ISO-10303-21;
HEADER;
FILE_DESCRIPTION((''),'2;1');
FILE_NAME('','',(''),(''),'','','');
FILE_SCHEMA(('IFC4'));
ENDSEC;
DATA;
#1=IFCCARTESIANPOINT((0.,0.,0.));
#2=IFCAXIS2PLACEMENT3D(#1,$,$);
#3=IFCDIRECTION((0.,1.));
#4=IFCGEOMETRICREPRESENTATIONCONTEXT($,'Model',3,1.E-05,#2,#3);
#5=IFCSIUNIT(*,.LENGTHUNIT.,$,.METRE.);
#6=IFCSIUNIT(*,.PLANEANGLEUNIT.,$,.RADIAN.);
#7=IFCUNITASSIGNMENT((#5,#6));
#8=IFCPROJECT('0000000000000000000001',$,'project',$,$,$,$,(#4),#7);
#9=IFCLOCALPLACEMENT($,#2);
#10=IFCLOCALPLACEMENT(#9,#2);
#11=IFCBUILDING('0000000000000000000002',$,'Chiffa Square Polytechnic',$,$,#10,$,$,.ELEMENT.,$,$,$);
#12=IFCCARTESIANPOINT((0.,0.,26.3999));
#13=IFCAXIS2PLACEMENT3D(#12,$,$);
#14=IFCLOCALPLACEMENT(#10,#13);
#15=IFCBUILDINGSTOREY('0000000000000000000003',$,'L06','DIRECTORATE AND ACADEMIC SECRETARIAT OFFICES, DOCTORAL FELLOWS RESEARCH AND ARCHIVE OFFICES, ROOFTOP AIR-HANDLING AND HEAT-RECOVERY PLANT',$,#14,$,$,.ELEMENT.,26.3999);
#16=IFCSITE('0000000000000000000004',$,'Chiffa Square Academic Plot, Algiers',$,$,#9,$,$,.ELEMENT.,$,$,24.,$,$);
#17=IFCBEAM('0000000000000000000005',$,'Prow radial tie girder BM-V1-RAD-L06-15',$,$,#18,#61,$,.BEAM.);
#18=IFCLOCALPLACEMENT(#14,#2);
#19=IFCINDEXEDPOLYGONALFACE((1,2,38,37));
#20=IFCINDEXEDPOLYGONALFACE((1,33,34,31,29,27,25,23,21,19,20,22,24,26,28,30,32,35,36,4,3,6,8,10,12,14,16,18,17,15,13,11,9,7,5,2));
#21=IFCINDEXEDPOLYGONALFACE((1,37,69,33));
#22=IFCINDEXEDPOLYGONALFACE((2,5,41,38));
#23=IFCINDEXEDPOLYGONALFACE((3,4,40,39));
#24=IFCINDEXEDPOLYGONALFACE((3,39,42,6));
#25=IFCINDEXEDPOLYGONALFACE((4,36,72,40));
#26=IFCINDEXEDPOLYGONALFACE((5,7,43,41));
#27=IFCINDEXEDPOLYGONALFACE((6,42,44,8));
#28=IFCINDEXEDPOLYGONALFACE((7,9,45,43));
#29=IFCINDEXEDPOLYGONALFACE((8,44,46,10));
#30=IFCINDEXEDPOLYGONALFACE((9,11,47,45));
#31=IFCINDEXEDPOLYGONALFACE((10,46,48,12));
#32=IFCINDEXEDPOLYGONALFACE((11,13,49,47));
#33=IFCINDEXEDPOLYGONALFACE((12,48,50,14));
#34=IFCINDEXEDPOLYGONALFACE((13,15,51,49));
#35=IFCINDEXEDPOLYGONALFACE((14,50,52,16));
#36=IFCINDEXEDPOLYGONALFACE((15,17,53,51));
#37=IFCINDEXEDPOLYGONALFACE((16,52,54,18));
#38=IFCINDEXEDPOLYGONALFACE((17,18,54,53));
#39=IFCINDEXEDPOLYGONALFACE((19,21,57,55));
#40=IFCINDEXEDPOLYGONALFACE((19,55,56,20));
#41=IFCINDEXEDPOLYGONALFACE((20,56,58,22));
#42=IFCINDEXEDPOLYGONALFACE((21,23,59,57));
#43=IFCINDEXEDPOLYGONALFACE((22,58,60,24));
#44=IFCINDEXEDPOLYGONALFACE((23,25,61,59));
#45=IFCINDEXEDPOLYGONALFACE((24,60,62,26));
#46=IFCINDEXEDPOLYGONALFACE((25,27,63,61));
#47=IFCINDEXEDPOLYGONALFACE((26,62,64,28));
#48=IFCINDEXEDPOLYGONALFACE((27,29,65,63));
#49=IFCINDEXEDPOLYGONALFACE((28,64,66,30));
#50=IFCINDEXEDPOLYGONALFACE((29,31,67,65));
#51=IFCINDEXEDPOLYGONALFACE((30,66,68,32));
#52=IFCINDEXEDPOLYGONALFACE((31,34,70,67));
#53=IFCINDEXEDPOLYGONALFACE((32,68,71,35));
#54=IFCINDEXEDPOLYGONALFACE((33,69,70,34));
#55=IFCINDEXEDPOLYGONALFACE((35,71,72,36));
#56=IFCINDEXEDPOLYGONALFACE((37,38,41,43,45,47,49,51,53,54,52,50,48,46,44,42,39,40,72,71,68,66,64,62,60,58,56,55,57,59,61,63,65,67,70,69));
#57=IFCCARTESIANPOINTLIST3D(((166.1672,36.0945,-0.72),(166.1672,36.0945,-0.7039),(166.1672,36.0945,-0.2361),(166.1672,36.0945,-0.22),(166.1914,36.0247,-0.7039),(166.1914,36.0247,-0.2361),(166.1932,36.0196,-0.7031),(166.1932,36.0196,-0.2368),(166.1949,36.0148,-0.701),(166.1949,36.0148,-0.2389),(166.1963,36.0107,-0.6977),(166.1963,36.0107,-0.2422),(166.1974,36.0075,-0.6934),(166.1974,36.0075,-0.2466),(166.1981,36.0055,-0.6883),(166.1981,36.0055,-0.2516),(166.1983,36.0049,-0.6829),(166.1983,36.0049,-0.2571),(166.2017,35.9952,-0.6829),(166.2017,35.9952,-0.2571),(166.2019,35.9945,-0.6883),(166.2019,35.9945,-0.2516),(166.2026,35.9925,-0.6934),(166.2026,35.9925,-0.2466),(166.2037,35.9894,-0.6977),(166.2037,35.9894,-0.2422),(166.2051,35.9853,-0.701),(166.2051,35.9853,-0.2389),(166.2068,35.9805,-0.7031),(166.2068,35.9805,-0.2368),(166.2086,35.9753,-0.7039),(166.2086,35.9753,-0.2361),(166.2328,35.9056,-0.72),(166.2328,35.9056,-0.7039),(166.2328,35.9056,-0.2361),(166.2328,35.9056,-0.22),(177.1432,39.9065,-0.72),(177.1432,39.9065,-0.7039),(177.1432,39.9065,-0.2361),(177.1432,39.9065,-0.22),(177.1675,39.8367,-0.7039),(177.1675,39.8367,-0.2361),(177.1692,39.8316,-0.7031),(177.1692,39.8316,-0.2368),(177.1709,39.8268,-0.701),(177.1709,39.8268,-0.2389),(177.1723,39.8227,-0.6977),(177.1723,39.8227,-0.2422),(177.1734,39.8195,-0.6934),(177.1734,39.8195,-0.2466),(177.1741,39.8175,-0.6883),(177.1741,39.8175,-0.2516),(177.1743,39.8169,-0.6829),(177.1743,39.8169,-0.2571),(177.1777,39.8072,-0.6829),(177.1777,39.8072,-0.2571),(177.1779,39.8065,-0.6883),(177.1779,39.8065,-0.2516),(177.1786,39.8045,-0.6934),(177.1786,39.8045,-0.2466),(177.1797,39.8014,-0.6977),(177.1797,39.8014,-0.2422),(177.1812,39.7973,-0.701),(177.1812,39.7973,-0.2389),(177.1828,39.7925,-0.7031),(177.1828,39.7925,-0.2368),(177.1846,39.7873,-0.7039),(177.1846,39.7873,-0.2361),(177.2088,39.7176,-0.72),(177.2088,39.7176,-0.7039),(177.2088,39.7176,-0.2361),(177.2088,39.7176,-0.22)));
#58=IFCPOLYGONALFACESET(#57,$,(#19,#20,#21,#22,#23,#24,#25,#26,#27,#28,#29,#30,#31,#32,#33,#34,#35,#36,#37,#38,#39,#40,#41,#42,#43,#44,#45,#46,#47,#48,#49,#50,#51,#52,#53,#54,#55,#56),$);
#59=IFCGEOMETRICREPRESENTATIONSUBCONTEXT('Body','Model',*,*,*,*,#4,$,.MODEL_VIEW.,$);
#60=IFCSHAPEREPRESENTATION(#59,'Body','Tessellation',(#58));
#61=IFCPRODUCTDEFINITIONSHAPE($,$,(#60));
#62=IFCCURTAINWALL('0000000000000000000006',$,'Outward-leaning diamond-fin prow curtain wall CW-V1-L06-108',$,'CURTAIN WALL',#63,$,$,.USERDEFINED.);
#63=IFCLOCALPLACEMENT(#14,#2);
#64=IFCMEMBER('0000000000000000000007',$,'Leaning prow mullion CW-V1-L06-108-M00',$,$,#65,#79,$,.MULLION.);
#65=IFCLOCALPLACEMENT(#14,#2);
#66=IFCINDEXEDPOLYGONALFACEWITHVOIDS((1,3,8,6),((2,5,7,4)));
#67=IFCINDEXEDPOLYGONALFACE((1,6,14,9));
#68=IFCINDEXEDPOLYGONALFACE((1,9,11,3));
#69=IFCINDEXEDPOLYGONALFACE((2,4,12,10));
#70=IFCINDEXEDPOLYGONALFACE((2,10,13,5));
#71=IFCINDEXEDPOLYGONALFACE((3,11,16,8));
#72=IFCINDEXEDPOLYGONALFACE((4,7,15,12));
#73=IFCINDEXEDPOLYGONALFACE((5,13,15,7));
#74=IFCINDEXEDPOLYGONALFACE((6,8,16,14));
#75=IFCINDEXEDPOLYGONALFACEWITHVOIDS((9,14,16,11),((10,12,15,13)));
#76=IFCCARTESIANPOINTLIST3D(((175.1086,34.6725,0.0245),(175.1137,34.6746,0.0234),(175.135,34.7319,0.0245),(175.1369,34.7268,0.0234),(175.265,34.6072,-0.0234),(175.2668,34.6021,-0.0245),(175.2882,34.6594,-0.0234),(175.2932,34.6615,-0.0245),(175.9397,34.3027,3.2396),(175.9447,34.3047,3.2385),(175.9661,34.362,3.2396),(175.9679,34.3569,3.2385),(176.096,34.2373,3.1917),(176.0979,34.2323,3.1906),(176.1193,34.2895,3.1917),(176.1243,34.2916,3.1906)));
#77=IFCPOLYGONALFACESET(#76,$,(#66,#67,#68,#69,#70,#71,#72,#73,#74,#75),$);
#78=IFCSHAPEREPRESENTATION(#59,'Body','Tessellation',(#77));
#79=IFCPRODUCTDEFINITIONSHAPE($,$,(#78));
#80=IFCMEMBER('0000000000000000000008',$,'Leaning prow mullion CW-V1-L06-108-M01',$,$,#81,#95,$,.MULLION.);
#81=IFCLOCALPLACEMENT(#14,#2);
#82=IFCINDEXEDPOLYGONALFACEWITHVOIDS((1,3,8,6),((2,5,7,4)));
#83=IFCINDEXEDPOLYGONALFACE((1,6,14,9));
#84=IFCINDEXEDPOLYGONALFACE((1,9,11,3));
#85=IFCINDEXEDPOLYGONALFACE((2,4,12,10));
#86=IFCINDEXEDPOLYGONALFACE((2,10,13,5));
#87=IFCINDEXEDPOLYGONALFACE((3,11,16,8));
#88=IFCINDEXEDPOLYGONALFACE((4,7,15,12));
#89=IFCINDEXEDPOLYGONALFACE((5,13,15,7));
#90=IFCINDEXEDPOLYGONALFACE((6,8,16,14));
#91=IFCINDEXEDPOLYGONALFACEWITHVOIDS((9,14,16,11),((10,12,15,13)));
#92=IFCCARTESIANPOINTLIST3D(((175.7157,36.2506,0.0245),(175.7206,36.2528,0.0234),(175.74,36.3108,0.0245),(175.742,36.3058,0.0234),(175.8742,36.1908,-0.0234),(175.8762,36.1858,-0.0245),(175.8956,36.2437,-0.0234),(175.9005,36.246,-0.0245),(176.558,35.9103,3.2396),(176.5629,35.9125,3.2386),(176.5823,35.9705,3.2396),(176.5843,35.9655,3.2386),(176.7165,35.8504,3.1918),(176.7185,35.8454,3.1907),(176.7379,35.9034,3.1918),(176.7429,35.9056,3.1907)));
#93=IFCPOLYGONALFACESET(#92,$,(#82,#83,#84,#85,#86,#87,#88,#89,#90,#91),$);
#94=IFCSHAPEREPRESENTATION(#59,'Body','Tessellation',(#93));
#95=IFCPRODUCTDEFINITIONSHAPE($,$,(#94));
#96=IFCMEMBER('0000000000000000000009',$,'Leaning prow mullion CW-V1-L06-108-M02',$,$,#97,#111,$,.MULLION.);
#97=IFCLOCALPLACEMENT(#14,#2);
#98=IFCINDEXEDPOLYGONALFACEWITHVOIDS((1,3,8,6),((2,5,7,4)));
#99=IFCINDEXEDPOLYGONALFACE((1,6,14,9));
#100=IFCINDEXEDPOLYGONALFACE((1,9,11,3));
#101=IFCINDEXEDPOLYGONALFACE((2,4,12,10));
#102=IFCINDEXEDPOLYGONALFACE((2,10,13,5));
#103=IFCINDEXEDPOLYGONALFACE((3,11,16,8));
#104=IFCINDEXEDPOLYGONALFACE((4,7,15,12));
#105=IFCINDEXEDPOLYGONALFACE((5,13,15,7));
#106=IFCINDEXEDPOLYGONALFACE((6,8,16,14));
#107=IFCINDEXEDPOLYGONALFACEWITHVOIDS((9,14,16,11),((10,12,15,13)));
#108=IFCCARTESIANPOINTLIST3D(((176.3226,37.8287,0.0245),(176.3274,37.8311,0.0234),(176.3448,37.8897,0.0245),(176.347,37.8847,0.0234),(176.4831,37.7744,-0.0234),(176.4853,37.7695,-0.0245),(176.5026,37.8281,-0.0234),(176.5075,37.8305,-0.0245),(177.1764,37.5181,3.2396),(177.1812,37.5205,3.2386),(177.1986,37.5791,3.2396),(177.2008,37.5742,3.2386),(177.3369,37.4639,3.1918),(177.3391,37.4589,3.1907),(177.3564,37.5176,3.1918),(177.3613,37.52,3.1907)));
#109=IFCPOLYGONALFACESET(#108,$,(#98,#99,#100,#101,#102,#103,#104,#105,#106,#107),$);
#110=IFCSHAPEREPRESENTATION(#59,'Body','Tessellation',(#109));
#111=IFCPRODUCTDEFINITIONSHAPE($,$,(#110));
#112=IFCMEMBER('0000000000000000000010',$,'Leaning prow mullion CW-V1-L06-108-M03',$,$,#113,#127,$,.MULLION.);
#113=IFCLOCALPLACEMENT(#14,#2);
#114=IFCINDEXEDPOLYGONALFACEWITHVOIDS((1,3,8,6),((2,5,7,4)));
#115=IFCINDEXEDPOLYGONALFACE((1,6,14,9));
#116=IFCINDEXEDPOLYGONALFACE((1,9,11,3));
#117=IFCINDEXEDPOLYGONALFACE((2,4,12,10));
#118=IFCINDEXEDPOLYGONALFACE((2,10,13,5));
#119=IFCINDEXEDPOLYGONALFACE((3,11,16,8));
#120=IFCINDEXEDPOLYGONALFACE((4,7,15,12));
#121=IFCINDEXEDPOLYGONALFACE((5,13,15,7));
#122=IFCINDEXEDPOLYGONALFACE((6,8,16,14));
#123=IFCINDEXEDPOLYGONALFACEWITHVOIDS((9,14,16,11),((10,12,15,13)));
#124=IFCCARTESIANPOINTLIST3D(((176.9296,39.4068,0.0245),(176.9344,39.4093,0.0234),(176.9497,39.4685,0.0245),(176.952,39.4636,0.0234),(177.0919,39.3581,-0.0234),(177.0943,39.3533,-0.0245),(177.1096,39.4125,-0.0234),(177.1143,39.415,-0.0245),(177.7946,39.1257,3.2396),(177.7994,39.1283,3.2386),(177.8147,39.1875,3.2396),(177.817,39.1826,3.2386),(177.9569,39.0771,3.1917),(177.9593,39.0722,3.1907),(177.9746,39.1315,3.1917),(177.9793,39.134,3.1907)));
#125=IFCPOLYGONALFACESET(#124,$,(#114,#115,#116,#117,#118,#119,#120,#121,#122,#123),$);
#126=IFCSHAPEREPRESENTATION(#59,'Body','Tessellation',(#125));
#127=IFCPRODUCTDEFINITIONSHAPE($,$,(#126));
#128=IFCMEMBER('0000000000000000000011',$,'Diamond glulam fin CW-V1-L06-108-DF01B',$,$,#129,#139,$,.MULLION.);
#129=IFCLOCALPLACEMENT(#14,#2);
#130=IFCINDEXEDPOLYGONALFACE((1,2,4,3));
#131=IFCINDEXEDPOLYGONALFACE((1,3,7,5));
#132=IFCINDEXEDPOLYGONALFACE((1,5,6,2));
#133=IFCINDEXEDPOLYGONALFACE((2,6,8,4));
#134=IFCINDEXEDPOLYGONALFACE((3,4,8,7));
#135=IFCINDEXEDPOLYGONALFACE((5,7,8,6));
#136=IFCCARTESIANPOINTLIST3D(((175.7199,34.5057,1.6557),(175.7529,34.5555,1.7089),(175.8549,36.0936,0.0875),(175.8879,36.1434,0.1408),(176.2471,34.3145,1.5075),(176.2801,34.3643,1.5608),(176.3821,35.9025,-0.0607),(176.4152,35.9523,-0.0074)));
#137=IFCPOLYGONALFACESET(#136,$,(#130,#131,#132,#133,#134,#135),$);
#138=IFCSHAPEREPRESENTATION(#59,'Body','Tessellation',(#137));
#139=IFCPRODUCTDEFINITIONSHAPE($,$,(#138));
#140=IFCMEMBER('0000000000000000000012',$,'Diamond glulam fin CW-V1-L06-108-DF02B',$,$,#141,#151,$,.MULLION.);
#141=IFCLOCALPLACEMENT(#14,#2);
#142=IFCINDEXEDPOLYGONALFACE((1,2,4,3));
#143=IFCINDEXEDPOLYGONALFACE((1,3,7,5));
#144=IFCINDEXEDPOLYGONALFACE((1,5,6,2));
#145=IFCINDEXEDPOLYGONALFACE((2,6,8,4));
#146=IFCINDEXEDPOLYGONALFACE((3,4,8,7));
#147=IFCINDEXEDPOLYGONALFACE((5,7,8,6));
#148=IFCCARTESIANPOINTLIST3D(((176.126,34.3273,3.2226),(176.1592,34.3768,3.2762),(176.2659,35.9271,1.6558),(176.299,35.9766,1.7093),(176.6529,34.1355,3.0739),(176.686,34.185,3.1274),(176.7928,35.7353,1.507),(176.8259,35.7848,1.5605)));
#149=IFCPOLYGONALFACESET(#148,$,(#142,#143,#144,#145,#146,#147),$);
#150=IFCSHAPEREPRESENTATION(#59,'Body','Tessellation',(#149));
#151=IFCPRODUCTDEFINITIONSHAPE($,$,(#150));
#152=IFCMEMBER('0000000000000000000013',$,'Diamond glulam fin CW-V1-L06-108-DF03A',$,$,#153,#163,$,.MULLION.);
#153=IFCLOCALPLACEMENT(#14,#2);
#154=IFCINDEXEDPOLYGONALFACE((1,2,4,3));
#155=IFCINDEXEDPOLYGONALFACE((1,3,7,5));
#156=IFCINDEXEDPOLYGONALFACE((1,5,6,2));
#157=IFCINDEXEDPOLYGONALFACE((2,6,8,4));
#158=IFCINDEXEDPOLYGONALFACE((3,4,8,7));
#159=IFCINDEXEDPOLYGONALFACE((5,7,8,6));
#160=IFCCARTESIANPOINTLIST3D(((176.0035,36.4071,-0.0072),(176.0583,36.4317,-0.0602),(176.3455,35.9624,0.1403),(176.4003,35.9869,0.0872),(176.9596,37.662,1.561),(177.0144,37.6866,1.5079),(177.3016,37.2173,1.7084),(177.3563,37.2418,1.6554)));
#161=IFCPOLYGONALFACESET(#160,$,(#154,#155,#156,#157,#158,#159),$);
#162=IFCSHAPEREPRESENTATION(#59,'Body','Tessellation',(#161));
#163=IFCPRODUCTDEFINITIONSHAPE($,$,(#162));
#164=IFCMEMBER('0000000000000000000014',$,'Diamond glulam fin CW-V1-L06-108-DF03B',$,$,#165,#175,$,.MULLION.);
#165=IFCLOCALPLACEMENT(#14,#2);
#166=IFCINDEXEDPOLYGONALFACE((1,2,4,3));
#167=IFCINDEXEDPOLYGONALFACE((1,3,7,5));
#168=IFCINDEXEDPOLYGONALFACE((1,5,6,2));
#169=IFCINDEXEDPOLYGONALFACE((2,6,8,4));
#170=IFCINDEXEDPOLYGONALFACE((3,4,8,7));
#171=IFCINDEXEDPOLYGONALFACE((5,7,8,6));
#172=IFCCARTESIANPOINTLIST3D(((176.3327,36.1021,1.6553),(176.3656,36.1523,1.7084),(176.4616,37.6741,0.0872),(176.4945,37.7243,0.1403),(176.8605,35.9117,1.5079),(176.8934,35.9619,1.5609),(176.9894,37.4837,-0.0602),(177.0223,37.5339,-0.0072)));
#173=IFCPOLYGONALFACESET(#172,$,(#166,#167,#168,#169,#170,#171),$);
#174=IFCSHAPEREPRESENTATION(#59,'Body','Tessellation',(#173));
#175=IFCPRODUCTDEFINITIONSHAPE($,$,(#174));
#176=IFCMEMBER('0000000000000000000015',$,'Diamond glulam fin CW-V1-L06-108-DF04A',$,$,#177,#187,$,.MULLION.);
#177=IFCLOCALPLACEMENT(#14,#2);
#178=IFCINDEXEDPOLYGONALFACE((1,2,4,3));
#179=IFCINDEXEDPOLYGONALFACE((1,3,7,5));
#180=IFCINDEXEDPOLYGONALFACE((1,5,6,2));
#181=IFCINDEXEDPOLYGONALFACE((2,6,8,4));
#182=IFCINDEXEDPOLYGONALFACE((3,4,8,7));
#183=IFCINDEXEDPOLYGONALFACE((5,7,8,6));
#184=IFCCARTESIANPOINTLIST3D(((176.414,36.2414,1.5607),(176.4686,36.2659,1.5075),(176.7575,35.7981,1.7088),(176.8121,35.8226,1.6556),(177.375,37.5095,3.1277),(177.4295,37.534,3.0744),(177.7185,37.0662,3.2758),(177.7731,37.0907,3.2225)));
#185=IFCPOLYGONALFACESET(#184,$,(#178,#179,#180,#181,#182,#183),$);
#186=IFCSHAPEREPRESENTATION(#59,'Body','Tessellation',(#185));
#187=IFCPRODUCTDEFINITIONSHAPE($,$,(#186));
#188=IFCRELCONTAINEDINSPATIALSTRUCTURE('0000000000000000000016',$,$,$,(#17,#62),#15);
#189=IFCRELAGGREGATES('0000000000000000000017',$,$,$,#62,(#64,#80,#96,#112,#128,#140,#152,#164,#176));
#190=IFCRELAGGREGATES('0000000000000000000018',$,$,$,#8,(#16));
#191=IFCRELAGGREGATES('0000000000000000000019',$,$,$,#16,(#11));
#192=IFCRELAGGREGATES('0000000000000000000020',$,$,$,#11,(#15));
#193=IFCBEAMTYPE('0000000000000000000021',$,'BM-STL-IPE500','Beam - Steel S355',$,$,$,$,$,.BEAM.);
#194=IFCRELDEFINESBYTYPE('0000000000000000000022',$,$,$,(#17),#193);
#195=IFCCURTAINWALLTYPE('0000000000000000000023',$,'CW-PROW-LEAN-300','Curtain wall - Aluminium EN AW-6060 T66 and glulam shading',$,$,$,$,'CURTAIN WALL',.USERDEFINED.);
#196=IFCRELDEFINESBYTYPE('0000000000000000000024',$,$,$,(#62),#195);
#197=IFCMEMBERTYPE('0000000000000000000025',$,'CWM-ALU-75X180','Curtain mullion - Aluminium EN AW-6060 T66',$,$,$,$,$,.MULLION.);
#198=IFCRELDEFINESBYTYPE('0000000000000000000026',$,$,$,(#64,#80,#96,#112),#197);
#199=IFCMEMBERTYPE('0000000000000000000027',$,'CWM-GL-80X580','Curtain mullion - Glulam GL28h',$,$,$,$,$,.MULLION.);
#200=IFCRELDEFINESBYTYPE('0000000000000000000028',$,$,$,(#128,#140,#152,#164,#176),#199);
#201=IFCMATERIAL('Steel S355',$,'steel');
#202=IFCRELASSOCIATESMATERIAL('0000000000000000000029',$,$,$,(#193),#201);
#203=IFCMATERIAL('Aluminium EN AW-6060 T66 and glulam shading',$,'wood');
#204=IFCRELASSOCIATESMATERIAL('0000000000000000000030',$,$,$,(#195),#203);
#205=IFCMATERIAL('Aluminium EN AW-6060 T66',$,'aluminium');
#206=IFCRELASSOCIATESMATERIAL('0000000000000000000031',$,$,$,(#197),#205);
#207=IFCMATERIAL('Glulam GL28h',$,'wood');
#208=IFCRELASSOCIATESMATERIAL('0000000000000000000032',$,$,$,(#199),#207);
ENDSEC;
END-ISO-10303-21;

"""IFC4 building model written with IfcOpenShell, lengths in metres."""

from ifc_helpers import new_model, si_unit, direction, frame, origin, origin_2d, place, context, subcontext, project, spatial, rectangle, hollow_rectangle, i_section, extrude, material, material_profile, profile_set, type_object, element, aggregate, save


model = new_model("IFC4")

# Units and contexts
model_context = context("Model", 3, precision=1e-05, world=origin(), true_north=direction((0.0, 1.0)))
body_context = subcontext(model_context, "Body", "Model", "MODEL_VIEW")
ifc_project = project(units=[si_unit("LENGTHUNIT", "METRE"), si_unit("PLANEANGLEUNIT", "RADIAN")], contexts=[model_context])

# Site, building, storey
site_placement = place(None, origin())
site = spatial("IfcSite", under=ifc_project, at=site_placement, Name="Chiffa Square Academic Plot, Algiers", CompositionType="ELEMENT", RefElevation=24.0)
building_placement = place(site_placement, origin())
building = spatial("IfcBuilding", under=site, at=building_placement, Name="Chiffa Square Polytechnic", CompositionType="ELEMENT")
storey_placement = place(building_placement, frame((0.0, 0.0, 26.3999)))
storey = spatial("IfcBuildingStorey", under=building, at=storey_placement, Name="L06", Description="DIRECTORATE AND ACADEMIC SECRETARIAT OFFICES, DOCTORAL FELLOWS RESEARCH AND ARCHIVE OFFICES, ROOFTOP AIR-HANDLING AND HEAT-RECOVERY PLANT", CompositionType="ELEMENT", Elevation=26.3999)

# Beam
ifc_material_1 = material(Name="Steel S355", Category="steel")
ifc_material_profile_1 = material_profile(ifc_material_1, i_section(OverallWidth=0.2, OverallDepth=0.5, WebThickness=0.0103, FlangeThickness=0.0161, FilletRadius=0.021, at=origin_2d()), Name="IPE 500")
ifc_profile_set_1 = profile_set([ifc_material_profile_1], Name="Steel S355")
beam_type_1 = type_object("IfcBeamType", Name="BM-STL-IPE500", Description="Beam - Steel S355", PredefinedType="BEAM", material=ifc_profile_set_1)
beam_1_placement = place(storey_placement, frame((177.176, 39.812, -0.47), z_axis=(-0.94465, -0.328079, 0.0), x_axis=(0.328079, -0.94465, 0.0)))
element("IfcBeam", 1, at=beam_1_placement, inside=storey, type_object=beam_type_1, Name="Prow radial tie girder BM-V1-RAD-L06-15", PredefinedType="BEAM", context=body_context, shape_type="SweptSolid", body=[
    extrude(i_section(OverallWidth=0.2, OverallDepth=0.5, WebThickness=0.0103, FlangeThickness=0.0161, FilletRadius=0.021, at=origin_2d()), origin(), (0.0, 0.0, 1.0), 11.6191),
])

# Curtain wall, members
ifc_material_2 = material(Name="Aluminium EN AW-6060 T66 and glulam shading", Category="wood")
curtain_wall_type = type_object("IfcCurtainWallType", Name="CW-PROW-LEAN-300", Description="Curtain wall - Aluminium EN AW-6060 T66 and glulam shading", ElementType="CURTAIN WALL", PredefinedType="USERDEFINED", material=ifc_material_2)
curtain_wall_placement = place(storey_placement, origin())
curtain_wall = element("IfcCurtainWall", 2, at=curtain_wall_placement, inside=storey, type_object=curtain_wall_type, Name="Outward-leaning diamond-fin prow curtain wall CW-V1-L06-108", ObjectType="CURTAIN WALL", PredefinedType="USERDEFINED")
ifc_material_3 = material(Name="Aluminium EN AW-6060 T66", Category="aluminium")
ifc_material_profile_2 = material_profile(ifc_material_3, hollow_rectangle(XDim=0.0649, YDim=0.1799, WallThickness=0.0039, at=origin_2d()), Name="ALU 65x180x4")
ifc_profile_set_2 = profile_set([ifc_material_profile_2], Name="Aluminium EN AW-6060 T66")
member_type_1 = type_object("IfcMemberType", Name="CWM-ALU-75X180", Description="Curtain mullion - Aluminium EN AW-6060 T66", PredefinedType="MULLION", material=ifc_profile_set_2)
member_1_placement = place(storey_placement, frame((175.2009, 34.667, 0.0), z_axis=(0.248722, -0.110698, 0.962228), x_axis=(0.406612, 0.913601, 0.0)))
member_1 = element("IfcMember", 3, at=member_1_placement, type_object=member_type_1, Name="Leaning prow mullion CW-V1-L06-108-M00", PredefinedType="MULLION", context=body_context, shape_type="SweptSolid", body=[
    extrude(hollow_rectangle(XDim=0.0649, YDim=0.1799, WallThickness=0.0039, at=origin_2d()), origin(), (0.0, 0.0, 1.0), 3.3413),
])
member_2_placement = place(storey_placement, frame((175.8081, 36.2483, 0.0), z_axis=(0.252108, -0.101866, 0.962323), x_axis=(0.374632, 0.927174, 0.0)))
member_2 = element("IfcMember", 4, at=member_2_placement, type_object=member_type_1, Name="Leaning prow mullion CW-V1-L06-108-M01", PredefinedType="MULLION", context=body_context, shape_type="SweptSolid", body=[
    extrude(hollow_rectangle(XDim=0.0649, YDim=0.1799, WallThickness=0.0039, at=origin_2d()), origin(), (0.0, 0.0, 1.0), 3.3411),
])
member_3_placement = place(storey_placement, frame((176.415, 37.8296, 0.0), z_axis=(0.255542, -0.092951, 0.962319), x_axis=(0.341829, 0.939762, 0.0)))
member_3 = element("IfcMember", 5, at=member_3_placement, type_object=member_type_1, Name="Leaning prow mullion CW-V1-L06-108-M02", PredefinedType="MULLION", context=body_context, shape_type="SweptSolid", body=[
    extrude(hollow_rectangle(XDim=0.0649, YDim=0.1799, WallThickness=0.0039, at=origin_2d()), origin(), (0.0, 0.0, 1.0), 3.3411),
])
member_4_placement = place(storey_placement, frame((177.022, 39.4109, 0.0), z_axis=(0.258882, -0.084102, 0.962241), x_axis=(0.308971, 0.951072, 0.0)))
member_4 = element("IfcMember", 6, at=member_4_placement, type_object=member_type_1, Name="Leaning prow mullion CW-V1-L06-108-M03", PredefinedType="MULLION", context=body_context, shape_type="SweptSolid", body=[
    extrude(hollow_rectangle(XDim=0.0649, YDim=0.1799, WallThickness=0.0039, at=origin_2d()), origin(), (0.0, 0.0, 1.0), 3.3413),
])
ifc_material_4 = material(Name="Glulam GL28h", Category="wood")
ifc_material_profile_3 = material_profile(ifc_material_4, rectangle(XDim=0.0801, YDim=0.5801, at=origin_2d()), Name="GL28h 80x580")
ifc_profile_set_3 = profile_set([ifc_material_profile_3], Name="Glulam GL28h")
member_type_2 = type_object("IfcMemberType", Name="CWM-GL-80X580", Description="Curtain mullion - Glulam GL28h", PredefinedType="MULLION", material=ifc_profile_set_3)
member_5_placement = place(storey_placement, frame((176.135, 36.0229, 0.04), z_axis=(-0.060387, -0.710225, 0.70138), x_axis=(0.412553, 0.62208, 0.665445)))
member_5 = element("IfcMember", 7, at=member_5_placement, type_object=member_type_2, Name="Diamond glulam fin CW-V1-L06-108-DF01B", PredefinedType="MULLION", context=body_context, shape_type="SweptSolid", body=[
    extrude(rectangle(XDim=0.0801, YDim=0.5801, at=origin_2d()), origin(), (0.0, 0.0, 1.0), 2.2358),
])
member_6_placement = place(storey_placement, frame((176.5459, 35.856, 1.6082), z_axis=(-0.062349, -0.713038, 0.698348), x_axis=(0.413797, 0.618269, 0.668218)))
member_6 = element("IfcMember", 8, at=member_6_placement, type_object=member_type_2, Name="Diamond glulam fin CW-V1-L06-108-DF02B", PredefinedType="MULLION", context=body_context, shape_type="SweptSolid", body=[
    extrude(rectangle(XDim=0.0801, YDim=0.5801, at=origin_2d()), origin(), (0.0, 0.0, 1.0), 2.2437),
])
member_7_placement = place(storey_placement, frame((176.2019, 36.197, 0.04), z_axis=(0.429812, 0.564156, 0.704975), x_axis=(-0.683918, -0.306344, 0.662125)))
member_7 = element("IfcMember", 9, at=member_7_placement, type_object=member_type_2, Name="Diamond glulam fin CW-V1-L06-108-DF03A", PredefinedType="MULLION", context=body_context, shape_type="SweptSolid", body=[
    extrude(rectangle(XDim=0.0801, YDim=0.5801, at=origin_2d()), origin(), (0.0, 0.0, 1.0), 2.2244),
])
member_8_placement = place(storey_placement, frame((176.7419, 37.604, 0.04), z_axis=(-0.057957, -0.706796, 0.705039), x_axis=(0.410962, 0.626721, 0.662065)))
member_8 = element("IfcMember", 10, at=member_8_placement, type_object=member_type_2, Name="Diamond glulam fin CW-V1-L06-108-DF03B", PredefinedType="MULLION", context=body_context, shape_type="SweptSolid", body=[
    extrude(rectangle(XDim=0.0801, YDim=0.5801, at=origin_2d()), origin(), (0.0, 0.0, 1.0), 2.2241),
])
member_9_placement = place(storey_placement, frame((176.613, 36.032, 1.6082), z_axis=(0.430323, 0.567861, 0.701681), x_axis=(-0.681268, -0.305656, 0.665168)))
member_9 = element("IfcMember", 11, at=member_9_placement, type_object=member_type_2, Name="Diamond glulam fin CW-V1-L06-108-DF04A", PredefinedType="MULLION", context=body_context, shape_type="SweptSolid", body=[
    extrude(rectangle(XDim=0.0801, YDim=0.5801, at=origin_2d()), origin(), (0.0, 0.0, 1.0), 2.2332),
])

aggregate(curtain_wall, [member_1, member_2, member_3, member_4, member_5, member_6, member_7, member_8, member_9])

save(model, "model.ifc")
